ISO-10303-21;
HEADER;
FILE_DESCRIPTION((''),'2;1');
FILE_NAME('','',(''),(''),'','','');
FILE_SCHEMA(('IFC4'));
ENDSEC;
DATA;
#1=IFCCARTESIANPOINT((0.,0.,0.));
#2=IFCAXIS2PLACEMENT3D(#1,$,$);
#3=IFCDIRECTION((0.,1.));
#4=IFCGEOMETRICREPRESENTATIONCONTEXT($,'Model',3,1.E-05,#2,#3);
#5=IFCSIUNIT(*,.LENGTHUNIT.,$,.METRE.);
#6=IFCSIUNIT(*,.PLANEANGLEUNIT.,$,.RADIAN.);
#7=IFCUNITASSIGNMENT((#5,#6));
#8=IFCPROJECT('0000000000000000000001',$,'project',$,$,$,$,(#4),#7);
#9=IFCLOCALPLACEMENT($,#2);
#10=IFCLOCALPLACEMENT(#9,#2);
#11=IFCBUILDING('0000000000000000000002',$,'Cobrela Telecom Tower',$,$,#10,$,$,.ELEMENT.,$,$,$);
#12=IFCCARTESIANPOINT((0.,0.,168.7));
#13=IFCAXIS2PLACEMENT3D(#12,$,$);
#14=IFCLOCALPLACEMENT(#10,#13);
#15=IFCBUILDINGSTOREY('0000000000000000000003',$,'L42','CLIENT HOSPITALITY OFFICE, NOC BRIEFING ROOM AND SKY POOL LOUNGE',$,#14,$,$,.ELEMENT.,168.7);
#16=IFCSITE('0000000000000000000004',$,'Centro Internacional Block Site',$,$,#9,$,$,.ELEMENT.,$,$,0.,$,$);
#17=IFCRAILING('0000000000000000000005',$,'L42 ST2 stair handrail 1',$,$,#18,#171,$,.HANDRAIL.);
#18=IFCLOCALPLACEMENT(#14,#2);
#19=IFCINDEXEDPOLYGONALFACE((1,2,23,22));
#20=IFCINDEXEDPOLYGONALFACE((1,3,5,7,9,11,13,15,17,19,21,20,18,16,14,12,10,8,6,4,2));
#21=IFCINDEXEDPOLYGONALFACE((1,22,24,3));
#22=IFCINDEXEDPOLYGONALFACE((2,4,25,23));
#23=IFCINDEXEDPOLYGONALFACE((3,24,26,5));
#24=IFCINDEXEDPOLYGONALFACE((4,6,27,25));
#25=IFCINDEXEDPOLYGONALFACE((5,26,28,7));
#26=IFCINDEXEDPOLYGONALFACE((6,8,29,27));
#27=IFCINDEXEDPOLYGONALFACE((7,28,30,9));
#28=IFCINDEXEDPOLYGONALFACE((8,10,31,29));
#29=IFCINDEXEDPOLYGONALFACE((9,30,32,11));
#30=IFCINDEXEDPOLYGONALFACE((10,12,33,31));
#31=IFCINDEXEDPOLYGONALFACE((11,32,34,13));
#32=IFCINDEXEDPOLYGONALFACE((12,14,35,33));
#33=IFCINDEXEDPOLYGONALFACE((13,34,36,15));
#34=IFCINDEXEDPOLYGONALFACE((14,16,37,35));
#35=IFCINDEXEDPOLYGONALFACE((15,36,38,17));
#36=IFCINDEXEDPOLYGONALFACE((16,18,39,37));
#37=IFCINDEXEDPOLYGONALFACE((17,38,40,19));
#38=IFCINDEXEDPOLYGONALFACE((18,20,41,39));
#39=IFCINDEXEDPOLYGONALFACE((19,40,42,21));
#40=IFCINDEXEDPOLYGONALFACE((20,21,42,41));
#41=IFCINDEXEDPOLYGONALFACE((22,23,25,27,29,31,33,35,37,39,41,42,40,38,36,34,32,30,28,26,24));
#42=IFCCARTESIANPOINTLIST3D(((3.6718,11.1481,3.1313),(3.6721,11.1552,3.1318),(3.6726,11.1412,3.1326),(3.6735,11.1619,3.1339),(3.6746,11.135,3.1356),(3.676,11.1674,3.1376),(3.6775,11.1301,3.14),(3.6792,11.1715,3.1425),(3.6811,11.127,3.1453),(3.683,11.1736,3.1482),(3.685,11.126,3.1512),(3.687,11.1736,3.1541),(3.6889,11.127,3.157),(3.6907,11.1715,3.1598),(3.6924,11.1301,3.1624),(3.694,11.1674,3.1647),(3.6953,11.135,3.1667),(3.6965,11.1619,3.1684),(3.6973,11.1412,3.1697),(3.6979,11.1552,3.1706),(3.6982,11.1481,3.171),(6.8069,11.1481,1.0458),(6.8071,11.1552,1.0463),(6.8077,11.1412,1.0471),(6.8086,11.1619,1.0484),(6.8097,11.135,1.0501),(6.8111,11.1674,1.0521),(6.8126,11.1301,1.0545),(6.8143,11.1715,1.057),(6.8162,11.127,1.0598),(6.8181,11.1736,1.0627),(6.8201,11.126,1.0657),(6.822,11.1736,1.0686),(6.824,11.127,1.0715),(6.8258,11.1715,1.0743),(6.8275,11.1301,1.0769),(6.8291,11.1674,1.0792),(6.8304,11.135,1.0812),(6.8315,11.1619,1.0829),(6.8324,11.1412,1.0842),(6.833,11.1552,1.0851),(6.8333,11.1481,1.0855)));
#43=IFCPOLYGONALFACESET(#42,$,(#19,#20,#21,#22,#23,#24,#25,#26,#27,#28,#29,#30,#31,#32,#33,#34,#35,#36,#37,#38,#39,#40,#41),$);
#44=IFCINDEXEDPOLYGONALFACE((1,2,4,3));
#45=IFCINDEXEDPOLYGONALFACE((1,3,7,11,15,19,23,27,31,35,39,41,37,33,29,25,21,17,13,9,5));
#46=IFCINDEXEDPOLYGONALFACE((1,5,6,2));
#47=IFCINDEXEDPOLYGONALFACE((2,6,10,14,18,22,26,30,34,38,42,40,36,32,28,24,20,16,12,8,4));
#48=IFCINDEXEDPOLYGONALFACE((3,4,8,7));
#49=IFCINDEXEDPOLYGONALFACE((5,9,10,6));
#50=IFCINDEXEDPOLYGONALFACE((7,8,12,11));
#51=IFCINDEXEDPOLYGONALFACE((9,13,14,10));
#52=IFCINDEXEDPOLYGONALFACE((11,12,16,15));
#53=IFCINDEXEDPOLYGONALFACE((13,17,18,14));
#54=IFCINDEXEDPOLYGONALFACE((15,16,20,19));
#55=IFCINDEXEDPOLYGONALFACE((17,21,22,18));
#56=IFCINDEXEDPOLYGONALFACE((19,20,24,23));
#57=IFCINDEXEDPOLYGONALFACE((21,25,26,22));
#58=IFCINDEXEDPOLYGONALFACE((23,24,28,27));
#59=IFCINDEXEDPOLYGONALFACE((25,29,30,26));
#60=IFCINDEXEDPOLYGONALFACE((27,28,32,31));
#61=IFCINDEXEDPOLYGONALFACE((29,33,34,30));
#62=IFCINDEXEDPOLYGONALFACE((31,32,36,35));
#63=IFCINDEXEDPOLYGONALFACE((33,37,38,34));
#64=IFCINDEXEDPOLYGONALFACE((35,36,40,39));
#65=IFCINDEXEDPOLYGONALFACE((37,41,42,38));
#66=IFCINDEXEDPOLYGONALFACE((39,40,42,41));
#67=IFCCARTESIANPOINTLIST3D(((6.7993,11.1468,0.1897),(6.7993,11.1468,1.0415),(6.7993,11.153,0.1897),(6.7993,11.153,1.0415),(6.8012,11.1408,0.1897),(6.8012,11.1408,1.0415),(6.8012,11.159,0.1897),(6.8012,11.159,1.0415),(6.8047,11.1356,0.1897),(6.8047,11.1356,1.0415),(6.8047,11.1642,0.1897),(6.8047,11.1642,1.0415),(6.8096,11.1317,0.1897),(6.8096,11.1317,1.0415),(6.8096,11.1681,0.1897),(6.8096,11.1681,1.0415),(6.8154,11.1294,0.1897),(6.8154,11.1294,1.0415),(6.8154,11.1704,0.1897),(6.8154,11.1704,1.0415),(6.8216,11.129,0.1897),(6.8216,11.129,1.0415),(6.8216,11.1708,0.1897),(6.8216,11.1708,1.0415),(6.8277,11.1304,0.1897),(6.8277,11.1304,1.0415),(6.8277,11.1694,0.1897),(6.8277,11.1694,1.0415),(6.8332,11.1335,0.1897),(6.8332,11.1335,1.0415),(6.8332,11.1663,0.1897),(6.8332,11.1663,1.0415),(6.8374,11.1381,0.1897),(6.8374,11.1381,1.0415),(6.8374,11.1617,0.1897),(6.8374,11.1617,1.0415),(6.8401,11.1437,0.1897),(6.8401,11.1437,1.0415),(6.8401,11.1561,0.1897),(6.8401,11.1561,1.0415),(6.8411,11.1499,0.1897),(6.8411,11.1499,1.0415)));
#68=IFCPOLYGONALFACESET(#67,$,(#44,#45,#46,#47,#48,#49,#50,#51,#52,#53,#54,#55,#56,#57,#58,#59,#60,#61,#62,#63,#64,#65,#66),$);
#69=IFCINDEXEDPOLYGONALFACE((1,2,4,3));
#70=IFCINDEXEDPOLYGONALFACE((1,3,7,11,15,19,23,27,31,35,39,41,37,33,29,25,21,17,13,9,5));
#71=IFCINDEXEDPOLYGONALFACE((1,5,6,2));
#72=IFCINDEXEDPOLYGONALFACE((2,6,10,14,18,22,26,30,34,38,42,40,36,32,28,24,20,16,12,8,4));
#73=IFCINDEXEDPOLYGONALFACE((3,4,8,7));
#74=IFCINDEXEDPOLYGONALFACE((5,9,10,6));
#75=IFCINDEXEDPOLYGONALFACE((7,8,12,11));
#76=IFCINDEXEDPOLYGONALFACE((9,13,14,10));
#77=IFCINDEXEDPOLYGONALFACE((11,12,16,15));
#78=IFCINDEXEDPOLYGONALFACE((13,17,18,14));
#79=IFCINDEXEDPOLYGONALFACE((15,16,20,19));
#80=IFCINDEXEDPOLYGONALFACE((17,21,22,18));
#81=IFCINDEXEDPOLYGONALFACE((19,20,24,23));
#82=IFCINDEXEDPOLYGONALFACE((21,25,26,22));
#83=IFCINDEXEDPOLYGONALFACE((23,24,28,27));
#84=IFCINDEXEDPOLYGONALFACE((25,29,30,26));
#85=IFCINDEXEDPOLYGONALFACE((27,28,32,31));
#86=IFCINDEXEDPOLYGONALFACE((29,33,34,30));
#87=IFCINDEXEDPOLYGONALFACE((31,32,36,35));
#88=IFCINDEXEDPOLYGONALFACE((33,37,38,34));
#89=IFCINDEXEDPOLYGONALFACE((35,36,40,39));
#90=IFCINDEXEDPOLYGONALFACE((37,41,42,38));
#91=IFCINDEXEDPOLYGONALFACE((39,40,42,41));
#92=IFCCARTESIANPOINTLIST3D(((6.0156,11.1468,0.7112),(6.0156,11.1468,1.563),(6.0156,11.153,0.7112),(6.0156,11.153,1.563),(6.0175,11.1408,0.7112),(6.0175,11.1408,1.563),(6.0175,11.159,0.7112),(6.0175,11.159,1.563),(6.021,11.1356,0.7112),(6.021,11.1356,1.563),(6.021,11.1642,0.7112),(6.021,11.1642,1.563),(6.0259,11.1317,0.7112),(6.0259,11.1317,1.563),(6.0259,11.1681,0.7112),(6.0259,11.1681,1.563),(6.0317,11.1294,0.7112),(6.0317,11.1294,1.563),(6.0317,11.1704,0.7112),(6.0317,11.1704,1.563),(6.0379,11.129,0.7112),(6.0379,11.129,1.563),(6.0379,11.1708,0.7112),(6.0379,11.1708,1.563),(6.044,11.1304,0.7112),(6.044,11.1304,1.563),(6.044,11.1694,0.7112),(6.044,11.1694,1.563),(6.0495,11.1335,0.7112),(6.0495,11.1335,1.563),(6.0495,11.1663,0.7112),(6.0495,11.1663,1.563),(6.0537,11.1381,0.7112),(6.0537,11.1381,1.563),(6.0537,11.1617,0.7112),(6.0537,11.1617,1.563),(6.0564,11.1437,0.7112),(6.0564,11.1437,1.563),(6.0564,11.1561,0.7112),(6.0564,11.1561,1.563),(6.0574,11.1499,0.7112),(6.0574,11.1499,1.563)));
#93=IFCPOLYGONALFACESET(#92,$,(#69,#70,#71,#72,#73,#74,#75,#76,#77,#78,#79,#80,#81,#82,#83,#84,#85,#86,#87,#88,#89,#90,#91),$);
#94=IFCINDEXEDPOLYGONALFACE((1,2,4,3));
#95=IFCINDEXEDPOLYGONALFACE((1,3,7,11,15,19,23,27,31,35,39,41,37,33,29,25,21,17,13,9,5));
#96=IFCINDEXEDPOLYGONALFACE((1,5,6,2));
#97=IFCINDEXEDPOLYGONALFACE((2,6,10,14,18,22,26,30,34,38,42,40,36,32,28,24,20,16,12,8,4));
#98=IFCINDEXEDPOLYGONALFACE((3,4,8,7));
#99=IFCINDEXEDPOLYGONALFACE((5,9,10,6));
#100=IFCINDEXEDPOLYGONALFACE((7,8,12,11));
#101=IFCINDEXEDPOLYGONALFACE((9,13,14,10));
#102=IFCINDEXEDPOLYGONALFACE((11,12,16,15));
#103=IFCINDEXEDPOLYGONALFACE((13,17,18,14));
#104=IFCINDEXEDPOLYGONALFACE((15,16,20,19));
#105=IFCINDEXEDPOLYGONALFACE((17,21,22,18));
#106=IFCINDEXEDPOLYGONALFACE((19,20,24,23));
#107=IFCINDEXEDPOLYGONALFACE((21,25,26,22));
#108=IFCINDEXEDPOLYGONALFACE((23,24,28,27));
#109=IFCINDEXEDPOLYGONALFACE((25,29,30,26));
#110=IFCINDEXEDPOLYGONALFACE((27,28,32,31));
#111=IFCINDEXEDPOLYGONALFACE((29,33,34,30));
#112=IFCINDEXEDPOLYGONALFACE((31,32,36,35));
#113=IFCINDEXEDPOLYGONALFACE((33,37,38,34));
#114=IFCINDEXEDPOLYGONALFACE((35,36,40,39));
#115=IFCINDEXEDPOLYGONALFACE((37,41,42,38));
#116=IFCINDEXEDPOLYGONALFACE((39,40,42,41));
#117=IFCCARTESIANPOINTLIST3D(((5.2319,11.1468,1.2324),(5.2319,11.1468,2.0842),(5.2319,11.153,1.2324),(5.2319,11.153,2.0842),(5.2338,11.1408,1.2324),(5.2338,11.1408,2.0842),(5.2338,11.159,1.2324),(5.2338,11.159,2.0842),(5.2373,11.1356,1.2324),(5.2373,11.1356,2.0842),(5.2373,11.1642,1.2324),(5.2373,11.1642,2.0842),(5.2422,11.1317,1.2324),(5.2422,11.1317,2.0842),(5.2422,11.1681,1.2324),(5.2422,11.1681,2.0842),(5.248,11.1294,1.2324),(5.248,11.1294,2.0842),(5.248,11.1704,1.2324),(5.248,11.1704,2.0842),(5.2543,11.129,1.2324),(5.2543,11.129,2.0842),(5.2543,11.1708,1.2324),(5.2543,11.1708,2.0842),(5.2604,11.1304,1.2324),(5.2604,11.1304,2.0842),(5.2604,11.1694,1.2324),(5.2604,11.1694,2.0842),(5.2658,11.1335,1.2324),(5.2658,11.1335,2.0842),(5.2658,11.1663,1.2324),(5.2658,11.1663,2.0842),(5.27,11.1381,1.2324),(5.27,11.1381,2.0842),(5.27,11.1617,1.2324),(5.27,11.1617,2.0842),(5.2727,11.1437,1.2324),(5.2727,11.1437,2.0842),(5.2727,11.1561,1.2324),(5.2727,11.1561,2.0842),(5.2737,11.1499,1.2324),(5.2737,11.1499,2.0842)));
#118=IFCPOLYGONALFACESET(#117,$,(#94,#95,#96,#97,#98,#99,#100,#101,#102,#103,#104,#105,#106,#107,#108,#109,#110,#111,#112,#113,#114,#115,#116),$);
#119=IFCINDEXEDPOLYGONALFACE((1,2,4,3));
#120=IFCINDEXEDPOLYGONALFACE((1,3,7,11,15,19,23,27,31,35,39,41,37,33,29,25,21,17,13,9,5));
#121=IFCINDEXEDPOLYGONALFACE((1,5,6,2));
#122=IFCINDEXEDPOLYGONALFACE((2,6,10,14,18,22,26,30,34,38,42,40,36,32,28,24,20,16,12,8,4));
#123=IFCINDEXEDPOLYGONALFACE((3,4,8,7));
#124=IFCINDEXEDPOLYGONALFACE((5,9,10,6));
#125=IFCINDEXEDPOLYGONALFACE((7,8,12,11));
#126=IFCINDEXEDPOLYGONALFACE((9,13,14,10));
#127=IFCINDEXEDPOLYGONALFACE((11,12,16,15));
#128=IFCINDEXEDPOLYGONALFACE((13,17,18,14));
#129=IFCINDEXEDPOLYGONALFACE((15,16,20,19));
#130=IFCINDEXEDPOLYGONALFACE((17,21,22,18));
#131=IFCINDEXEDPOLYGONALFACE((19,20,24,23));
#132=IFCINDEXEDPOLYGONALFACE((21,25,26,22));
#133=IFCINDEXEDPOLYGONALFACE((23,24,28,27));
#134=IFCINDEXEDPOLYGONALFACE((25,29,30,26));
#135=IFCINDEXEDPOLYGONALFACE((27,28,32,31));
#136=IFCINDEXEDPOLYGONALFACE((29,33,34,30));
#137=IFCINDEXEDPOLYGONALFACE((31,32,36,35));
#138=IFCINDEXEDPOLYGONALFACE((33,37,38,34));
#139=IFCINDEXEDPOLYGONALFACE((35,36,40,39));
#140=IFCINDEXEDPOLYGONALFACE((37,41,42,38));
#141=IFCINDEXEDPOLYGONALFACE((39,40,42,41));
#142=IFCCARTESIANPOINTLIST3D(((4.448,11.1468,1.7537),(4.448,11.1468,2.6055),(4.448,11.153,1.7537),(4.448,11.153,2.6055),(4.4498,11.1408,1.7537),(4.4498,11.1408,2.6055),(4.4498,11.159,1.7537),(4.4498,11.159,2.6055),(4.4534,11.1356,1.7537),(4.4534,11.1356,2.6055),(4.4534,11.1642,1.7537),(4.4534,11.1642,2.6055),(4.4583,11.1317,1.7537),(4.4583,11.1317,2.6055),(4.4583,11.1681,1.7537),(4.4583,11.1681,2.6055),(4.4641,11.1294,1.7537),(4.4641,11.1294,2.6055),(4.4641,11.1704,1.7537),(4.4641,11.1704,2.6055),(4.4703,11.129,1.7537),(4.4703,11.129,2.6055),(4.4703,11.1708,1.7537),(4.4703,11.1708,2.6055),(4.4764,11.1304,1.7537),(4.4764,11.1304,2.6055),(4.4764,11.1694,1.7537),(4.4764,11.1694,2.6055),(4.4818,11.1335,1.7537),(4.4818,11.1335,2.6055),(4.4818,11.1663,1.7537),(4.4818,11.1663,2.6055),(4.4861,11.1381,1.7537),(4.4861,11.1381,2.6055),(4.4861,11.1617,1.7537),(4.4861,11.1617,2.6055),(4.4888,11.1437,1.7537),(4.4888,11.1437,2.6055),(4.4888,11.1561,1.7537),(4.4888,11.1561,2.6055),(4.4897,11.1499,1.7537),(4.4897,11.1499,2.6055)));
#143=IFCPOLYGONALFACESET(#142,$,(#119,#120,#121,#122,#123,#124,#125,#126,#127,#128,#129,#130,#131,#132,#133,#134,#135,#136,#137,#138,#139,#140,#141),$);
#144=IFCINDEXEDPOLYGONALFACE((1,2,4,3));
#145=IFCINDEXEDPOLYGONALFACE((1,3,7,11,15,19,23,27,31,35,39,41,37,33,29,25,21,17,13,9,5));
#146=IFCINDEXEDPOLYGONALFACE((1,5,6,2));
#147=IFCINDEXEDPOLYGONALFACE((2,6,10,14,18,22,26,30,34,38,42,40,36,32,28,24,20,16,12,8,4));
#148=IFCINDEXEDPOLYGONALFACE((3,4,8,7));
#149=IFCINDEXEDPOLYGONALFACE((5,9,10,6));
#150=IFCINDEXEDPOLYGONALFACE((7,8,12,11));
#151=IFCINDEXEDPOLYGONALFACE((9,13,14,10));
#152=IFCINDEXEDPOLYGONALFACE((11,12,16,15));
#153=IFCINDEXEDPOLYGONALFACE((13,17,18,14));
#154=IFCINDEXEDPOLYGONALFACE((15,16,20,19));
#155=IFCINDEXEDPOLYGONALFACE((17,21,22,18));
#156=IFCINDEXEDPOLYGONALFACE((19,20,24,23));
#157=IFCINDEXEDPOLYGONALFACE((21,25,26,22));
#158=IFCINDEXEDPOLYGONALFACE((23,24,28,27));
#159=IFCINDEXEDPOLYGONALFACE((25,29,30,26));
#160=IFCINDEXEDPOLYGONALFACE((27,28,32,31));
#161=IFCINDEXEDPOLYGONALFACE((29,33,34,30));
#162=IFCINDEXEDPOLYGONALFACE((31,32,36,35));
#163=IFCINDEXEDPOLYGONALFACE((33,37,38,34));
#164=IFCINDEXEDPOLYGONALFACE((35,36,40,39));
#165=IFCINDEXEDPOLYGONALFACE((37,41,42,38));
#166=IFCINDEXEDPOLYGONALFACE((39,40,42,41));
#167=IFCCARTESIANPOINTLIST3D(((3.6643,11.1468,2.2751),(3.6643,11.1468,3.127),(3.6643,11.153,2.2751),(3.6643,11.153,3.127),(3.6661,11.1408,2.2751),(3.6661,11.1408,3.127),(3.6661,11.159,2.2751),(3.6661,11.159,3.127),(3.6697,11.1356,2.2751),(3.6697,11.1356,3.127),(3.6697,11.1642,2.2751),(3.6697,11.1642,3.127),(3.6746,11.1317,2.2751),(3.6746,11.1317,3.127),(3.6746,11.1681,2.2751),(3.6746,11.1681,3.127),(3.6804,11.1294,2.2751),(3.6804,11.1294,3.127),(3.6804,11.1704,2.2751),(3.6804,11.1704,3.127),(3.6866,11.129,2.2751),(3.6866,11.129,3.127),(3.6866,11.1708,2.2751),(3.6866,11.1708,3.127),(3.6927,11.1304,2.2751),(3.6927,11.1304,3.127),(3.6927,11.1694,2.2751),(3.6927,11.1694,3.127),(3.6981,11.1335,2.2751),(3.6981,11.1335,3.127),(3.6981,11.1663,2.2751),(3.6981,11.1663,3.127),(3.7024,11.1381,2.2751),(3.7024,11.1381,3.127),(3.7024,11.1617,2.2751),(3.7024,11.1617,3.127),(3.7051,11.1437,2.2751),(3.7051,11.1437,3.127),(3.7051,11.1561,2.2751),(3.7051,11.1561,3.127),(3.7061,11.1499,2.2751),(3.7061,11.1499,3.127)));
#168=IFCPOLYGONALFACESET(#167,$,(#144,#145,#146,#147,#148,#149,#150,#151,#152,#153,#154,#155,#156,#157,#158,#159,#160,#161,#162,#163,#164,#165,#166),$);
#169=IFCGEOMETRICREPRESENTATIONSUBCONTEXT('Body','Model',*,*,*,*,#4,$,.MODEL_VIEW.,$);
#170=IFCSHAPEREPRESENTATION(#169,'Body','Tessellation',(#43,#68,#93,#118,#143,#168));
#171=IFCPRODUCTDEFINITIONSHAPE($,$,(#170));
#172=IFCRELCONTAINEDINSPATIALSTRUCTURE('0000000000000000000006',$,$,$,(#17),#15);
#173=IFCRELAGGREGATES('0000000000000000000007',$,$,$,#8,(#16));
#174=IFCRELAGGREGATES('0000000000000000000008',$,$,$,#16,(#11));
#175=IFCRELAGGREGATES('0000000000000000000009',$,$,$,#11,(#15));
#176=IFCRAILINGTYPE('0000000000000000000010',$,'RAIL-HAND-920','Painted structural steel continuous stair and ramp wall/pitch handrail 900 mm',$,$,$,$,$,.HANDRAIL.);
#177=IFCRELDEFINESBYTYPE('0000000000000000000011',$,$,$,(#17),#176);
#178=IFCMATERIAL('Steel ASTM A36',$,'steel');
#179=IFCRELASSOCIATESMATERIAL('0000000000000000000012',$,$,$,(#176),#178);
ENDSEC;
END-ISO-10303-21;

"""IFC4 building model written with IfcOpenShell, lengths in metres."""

from ifc_helpers import new_model, si_unit, direction, frame, origin, origin_2d, place, context, subcontext, project, spatial, circle, extrude, material, type_object, element, save


model = new_model("IFC4")

# Units and contexts
model_context = context("Model", 3, precision=1e-05, world=origin(), true_north=direction((0.0, 1.0)))
body_context = subcontext(model_context, "Body", "Model", "MODEL_VIEW")
ifc_project = project(units=[si_unit("LENGTHUNIT", "METRE"), si_unit("PLANEANGLEUNIT", "RADIAN")], contexts=[model_context])

# Site, building, storey
site_placement = place(None, origin())
site = spatial("IfcSite", under=ifc_project, at=site_placement, Name="Centro Internacional Block Site", CompositionType="ELEMENT", RefElevation=0.0)
building_placement = place(site_placement, origin())
building = spatial("IfcBuilding", under=site, at=building_placement, Name="Cobrela Telecom Tower", CompositionType="ELEMENT")
storey_placement = place(building_placement, frame((0.0, 0.0, 168.7)))
storey = spatial("IfcBuildingStorey", under=building, at=storey_placement, Name="L42", Description="CLIENT HOSPITALITY OFFICE, NOC BRIEFING ROOM AND SKY POOL LOUNGE", CompositionType="ELEMENT", Elevation=168.7)

# Shared definitions
ifc_material_1 = material(Name="Steel ASTM A36", Category="steel")

# Railing
railing_type_1 = type_object("IfcRailingType", Name="RAIL-HAND-920", Description="Painted structural steel continuous stair and ramp wall/pitch handrail 900 mm", PredefinedType="HANDRAIL", material=ifc_material_1)
railing_1_placement = place(storey_placement, frame((6.8201, 11.1499, 0.1897)))
element("IfcRailing", 1, at=railing_1_placement, inside=storey, type_object=railing_type_1, Name="L42 ST2 stair handrail 1", PredefinedType="HANDRAIL", context=body_context, shape_type="SweptSolid", body=[
    extrude(circle(Radius=0.0239, at=origin_2d()), frame((0.0, 0.0, 0.876), z_axis=(-0.832608, 0.0, 0.553862), x_axis=(0.0, -1.0, 0.0)), (0.0, 0.0, 1.0), 3.7654),
    extrude(circle(Radius=0.021, at=origin_2d()), origin(), (0.0, 0.0, 1.0), 0.8518),
    extrude(circle(Radius=0.021, at=origin_2d()), frame((-0.7837, 0.0, 0.5215)), (0.0, 0.0, 1.0), 0.8518),
    extrude(circle(Radius=0.021, at=origin_2d()), frame((-1.5674, 0.0, 1.0427)), (0.0, 0.0, 1.0), 0.8518),
    extrude(circle(Radius=0.021, at=origin_2d()), frame((-2.3513, 0.0, 1.564)), (0.0, 0.0, 1.0), 0.8518),
    extrude(circle(Radius=0.021, at=origin_2d()), frame((-3.135, 0.0, 2.0854)), (0.0, 0.0, 1.0), 0.8518),
])

save(model, "model.ifc")
